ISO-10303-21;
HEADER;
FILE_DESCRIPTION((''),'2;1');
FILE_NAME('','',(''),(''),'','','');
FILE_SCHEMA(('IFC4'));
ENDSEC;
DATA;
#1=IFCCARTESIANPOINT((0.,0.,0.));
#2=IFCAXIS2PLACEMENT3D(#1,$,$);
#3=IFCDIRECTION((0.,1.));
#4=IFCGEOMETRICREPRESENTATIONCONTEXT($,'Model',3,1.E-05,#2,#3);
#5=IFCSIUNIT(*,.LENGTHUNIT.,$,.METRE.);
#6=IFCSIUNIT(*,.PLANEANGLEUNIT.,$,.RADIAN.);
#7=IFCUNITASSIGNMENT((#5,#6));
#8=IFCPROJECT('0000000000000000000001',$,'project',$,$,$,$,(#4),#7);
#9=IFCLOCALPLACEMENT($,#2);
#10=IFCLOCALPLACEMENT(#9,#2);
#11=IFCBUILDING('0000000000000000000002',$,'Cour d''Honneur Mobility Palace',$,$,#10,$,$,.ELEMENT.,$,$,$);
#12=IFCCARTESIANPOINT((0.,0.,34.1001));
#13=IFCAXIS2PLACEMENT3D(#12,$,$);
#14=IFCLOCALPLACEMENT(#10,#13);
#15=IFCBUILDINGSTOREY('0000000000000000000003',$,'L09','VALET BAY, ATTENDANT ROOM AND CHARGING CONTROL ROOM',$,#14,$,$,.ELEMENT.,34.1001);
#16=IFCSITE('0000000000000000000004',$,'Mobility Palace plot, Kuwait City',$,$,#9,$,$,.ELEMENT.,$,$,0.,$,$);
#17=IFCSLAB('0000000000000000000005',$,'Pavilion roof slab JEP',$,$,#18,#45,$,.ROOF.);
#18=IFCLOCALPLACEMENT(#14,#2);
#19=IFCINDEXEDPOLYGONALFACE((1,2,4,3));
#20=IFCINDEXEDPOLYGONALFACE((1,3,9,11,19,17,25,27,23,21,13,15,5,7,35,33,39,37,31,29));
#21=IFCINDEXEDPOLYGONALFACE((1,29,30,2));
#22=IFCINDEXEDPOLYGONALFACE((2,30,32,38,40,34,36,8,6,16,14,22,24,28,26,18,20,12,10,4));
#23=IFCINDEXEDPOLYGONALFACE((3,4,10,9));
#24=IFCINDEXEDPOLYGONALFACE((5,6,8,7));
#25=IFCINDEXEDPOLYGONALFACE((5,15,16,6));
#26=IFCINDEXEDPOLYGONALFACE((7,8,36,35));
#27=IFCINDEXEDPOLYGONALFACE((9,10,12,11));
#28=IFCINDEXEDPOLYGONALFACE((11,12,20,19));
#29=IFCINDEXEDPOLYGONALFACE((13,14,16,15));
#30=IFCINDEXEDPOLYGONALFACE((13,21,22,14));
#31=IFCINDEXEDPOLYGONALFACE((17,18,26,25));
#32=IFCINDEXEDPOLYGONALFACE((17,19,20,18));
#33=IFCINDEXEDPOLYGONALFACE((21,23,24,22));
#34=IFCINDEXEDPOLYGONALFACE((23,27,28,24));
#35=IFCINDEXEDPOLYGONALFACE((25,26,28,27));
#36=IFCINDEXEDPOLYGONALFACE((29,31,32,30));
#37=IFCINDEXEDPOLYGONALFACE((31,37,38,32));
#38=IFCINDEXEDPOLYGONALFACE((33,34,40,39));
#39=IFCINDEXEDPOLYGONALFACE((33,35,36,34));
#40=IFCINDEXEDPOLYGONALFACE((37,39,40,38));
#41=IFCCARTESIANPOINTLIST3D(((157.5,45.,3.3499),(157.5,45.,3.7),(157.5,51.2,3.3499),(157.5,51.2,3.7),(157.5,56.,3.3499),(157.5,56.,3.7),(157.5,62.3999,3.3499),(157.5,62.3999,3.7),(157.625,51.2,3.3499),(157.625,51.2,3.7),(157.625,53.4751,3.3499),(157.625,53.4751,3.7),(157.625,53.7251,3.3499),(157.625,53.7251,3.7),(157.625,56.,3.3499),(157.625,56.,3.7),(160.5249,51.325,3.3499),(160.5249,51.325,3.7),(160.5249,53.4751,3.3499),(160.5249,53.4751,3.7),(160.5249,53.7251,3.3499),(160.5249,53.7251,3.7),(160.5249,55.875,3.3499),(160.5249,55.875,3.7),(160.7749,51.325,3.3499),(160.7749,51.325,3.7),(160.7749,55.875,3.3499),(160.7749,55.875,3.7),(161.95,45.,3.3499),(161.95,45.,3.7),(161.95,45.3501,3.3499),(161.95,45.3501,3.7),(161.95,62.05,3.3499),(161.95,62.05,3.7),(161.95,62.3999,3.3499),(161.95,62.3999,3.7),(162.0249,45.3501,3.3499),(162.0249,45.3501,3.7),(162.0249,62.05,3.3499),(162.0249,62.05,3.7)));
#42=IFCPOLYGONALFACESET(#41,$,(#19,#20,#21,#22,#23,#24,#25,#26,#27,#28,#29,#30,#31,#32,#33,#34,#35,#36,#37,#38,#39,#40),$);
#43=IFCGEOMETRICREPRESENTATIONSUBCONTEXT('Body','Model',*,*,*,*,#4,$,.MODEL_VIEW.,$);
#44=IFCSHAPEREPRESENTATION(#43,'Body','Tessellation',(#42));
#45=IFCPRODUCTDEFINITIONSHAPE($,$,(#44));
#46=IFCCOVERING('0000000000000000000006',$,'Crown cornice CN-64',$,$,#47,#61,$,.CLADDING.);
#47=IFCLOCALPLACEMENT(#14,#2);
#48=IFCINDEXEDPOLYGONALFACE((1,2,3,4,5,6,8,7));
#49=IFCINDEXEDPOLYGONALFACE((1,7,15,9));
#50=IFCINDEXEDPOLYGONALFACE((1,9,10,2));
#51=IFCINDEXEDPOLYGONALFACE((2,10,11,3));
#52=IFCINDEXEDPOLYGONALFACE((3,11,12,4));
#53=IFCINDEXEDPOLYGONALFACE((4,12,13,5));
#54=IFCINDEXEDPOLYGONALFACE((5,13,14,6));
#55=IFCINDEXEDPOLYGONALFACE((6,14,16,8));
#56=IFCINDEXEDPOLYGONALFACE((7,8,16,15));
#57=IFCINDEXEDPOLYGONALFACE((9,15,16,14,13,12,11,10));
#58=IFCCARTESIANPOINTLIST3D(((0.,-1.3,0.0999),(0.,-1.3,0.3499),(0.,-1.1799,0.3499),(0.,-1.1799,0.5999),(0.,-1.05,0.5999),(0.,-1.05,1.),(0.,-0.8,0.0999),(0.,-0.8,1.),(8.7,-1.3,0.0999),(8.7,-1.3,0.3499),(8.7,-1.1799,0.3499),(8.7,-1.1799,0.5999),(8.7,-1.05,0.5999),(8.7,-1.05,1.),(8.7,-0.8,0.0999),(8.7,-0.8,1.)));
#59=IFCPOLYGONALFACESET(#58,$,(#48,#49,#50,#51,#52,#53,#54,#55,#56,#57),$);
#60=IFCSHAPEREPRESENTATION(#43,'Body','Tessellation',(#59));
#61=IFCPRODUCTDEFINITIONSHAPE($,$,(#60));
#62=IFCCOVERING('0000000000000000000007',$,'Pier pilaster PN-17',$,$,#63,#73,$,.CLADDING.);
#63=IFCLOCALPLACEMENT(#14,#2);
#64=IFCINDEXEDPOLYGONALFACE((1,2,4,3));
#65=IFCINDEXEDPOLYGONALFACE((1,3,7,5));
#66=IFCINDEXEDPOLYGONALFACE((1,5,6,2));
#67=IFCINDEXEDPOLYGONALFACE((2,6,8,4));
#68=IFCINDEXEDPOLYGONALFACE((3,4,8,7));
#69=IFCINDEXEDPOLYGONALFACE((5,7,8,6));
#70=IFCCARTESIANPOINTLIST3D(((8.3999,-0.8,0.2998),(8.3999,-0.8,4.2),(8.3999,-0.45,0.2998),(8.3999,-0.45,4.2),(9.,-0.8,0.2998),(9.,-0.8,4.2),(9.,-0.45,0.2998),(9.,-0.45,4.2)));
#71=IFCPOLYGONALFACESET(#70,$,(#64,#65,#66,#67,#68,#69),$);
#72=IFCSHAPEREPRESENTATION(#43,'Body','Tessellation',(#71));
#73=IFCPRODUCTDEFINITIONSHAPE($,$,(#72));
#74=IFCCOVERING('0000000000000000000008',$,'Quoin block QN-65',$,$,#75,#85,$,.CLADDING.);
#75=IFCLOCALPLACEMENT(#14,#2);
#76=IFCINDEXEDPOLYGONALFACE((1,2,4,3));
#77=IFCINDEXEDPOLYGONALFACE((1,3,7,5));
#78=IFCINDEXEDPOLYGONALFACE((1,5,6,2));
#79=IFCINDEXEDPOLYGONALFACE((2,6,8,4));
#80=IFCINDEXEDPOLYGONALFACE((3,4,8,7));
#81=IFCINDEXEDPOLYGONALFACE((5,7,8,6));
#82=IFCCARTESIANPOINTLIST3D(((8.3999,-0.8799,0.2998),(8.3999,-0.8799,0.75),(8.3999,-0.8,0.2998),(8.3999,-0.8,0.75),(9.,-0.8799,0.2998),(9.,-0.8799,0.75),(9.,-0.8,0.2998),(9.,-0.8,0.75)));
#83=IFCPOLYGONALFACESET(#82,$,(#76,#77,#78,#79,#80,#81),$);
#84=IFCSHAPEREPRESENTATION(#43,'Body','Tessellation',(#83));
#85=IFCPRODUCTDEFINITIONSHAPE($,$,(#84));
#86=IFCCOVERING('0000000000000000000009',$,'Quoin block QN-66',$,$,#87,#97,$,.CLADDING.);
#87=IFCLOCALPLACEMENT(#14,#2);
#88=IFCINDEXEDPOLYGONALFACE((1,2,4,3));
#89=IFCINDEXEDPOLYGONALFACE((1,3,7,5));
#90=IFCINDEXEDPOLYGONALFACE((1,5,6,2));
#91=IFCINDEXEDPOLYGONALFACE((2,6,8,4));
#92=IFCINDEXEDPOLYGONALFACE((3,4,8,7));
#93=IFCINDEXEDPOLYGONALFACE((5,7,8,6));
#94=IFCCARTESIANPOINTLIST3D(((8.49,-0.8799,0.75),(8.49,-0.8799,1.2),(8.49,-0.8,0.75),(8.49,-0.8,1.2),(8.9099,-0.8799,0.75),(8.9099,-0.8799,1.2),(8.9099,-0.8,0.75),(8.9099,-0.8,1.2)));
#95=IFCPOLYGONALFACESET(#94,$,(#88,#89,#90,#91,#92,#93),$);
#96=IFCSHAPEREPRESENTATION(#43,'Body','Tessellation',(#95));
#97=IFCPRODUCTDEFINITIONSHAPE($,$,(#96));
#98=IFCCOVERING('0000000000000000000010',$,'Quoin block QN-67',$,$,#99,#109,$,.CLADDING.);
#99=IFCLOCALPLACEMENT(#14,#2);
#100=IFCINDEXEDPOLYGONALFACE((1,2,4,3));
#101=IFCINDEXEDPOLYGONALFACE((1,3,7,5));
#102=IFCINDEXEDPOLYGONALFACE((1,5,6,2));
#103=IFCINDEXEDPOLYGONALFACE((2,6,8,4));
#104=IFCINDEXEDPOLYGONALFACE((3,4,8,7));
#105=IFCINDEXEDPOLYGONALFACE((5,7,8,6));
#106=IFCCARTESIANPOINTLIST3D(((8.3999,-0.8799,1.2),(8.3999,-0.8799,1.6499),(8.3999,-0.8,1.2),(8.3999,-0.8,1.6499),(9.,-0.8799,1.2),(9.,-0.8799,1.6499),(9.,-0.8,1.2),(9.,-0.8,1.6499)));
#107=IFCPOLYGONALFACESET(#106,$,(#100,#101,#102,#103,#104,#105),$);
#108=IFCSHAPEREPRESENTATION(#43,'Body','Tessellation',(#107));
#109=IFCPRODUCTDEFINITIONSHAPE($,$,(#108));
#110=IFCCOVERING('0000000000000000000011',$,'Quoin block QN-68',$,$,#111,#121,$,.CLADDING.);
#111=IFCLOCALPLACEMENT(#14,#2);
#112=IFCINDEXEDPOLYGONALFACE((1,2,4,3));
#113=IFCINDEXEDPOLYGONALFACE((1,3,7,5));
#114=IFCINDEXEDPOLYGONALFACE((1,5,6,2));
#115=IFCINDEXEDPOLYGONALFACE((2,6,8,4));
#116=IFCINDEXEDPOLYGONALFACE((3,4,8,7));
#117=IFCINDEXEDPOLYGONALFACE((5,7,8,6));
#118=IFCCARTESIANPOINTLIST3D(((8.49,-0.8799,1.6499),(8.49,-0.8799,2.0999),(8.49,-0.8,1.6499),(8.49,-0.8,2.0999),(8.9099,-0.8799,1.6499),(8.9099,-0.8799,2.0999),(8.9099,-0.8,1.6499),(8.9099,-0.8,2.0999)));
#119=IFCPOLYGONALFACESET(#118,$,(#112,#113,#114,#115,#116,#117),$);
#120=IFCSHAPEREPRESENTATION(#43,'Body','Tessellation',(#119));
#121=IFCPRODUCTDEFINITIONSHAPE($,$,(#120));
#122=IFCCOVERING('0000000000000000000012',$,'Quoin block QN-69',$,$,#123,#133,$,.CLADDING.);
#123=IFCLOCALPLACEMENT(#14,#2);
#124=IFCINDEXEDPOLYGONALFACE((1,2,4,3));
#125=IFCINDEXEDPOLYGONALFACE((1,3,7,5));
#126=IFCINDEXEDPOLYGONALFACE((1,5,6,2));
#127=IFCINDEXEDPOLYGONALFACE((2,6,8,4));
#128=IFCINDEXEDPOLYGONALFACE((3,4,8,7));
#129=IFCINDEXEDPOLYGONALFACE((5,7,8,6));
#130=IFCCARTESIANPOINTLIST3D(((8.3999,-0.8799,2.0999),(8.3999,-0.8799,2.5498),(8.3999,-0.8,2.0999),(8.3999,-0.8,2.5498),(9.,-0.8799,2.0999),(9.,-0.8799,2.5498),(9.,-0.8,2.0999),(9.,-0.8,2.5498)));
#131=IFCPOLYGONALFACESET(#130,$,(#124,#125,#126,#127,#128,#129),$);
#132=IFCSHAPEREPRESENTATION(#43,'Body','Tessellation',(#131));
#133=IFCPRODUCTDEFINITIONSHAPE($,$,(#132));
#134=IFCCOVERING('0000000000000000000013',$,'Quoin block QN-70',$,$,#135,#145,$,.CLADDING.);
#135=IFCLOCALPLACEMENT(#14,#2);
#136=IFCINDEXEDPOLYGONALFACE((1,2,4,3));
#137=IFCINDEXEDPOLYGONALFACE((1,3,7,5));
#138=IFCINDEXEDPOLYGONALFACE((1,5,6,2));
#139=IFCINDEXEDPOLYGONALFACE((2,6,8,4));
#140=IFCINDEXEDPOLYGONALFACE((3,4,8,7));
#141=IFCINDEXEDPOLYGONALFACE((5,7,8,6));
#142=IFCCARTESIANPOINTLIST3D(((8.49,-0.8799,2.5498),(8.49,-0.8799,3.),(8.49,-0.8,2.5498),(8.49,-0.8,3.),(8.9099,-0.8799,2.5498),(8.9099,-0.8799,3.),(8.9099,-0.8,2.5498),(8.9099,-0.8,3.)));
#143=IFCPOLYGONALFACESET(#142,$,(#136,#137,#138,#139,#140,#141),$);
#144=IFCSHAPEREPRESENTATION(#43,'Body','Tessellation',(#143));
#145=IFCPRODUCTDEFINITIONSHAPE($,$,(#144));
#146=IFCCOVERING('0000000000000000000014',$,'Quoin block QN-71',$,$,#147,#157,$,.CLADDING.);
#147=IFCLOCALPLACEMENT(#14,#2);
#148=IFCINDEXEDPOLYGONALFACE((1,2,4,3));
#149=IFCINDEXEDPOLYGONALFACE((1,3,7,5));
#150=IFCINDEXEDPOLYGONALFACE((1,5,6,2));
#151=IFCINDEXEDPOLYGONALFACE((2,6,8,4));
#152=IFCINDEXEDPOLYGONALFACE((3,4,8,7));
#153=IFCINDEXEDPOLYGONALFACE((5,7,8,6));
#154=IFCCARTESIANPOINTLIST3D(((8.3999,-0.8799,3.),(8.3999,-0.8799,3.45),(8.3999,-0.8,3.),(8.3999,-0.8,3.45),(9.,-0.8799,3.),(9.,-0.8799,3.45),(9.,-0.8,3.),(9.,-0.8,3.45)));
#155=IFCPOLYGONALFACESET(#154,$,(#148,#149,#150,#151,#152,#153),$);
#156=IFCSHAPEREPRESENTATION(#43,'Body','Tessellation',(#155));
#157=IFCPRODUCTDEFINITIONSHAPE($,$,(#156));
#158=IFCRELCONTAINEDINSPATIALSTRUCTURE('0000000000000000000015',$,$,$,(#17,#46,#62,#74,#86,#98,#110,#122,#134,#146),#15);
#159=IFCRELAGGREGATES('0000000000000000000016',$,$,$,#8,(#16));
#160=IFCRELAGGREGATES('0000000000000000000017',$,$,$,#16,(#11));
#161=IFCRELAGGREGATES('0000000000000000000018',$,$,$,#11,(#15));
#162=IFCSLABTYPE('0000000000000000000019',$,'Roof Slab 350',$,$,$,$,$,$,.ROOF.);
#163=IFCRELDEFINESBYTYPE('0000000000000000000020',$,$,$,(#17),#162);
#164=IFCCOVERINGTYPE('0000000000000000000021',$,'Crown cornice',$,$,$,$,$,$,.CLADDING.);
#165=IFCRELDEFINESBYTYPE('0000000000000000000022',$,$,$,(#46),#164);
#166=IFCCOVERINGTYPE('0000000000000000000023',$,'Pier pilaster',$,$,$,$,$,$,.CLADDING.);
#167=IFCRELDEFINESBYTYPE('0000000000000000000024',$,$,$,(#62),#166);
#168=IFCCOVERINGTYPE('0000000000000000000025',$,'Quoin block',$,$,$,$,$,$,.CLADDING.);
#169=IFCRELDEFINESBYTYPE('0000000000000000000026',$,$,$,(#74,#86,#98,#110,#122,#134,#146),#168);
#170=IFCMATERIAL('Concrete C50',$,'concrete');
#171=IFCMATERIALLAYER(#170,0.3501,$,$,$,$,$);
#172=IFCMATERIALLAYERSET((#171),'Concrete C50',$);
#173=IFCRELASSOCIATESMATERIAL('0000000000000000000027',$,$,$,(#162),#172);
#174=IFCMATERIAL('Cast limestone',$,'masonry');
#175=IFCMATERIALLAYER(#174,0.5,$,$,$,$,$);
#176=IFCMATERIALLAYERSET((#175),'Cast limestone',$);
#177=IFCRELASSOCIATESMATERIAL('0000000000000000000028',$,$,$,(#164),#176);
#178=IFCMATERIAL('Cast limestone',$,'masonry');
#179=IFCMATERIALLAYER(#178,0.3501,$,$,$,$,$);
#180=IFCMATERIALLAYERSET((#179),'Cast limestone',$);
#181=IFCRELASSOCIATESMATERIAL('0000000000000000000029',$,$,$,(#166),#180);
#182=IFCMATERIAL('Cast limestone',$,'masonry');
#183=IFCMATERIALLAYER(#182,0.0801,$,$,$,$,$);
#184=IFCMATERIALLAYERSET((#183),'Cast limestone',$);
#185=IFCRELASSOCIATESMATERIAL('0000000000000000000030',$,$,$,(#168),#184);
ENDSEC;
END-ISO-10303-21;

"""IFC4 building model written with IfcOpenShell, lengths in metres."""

from ifc_helpers import new_model, si_unit, direction, frame, origin, place, context, subcontext, project, spatial, polyline, outline, extrude, material, layer, layer_set, type_object, element, save


model = new_model("IFC4")

# Units and contexts
model_context = context("Model", 3, precision=1e-05, world=origin(), true_north=direction((0.0, 1.0)))
body_context = subcontext(model_context, "Body", "Model", "MODEL_VIEW")
ifc_project = project(units=[si_unit("LENGTHUNIT", "METRE"), si_unit("PLANEANGLEUNIT", "RADIAN")], contexts=[model_context])

# Site, building, storey
site_placement = place(None, origin())
site = spatial("IfcSite", under=ifc_project, at=site_placement, Name="Mobility Palace plot, Kuwait City", CompositionType="ELEMENT", RefElevation=0.0)
building_placement = place(site_placement, origin())
building = spatial("IfcBuilding", under=site, at=building_placement, Name="Cour d'Honneur Mobility Palace", CompositionType="ELEMENT")
storey_placement = place(building_placement, frame((0.0, 0.0, 34.1001)))
storey = spatial("IfcBuildingStorey", under=building, at=storey_placement, Name="L09", Description="VALET BAY, ATTENDANT ROOM AND CHARGING CONTROL ROOM", CompositionType="ELEMENT", Elevation=34.1001)

# Slab
ifc_material_1 = material(Name="Concrete C50", Category="concrete")
ifc_layer_1 = layer(ifc_material_1, 0.3501)
ifc_layer_set_1 = layer_set([ifc_layer_1], Name="Concrete C50")
slab_type_1 = type_object("IfcSlabType", Name="Roof Slab 350", PredefinedType="ROOF", material=ifc_layer_set_1)
slab_1_placement = place(storey_placement, frame((0.0, 0.0, 3.3499)))
element("IfcSlab", 1, at=slab_1_placement, inside=storey, type_object=slab_type_1, Name="Pavilion roof slab JEP", PredefinedType="ROOF", context=body_context, shape_type="SweptSolid", body=[
    extrude(outline(polyline([(161.95, 62.3999), (161.95, 62.05), (162.0249, 62.05), (162.0249, 45.3501), (161.95, 45.3501), (161.95, 45.0), (157.5, 45.0), (157.5, 51.2), (157.625, 51.2), (157.625, 53.4751), (160.5249, 53.4751), (160.5249, 51.325), (160.7749, 51.325), (160.7749, 55.875), (160.5249, 55.875), (160.5249, 53.7251), (157.625, 53.7251), (157.625, 56.0), (157.5, 56.0), (157.5, 62.3999), (161.95, 62.3999)])), origin(), (0.0, 0.0, 1.0), 0.3501),
])

# Coverings
ifc_material_2 = material(Name="Cast limestone", Category="masonry")
ifc_layer_2 = layer(ifc_material_2, 0.5)
ifc_layer_set_2 = layer_set([ifc_layer_2], Name="Cast limestone")
covering_type_1 = type_object("IfcCoveringType", Name="Crown cornice", PredefinedType="CLADDING", material=ifc_layer_set_2)
covering_1_placement = place(storey_placement, frame((0.0, -0.8, 0.0999), z_axis=(-1.0, 0.0, 0.0), x_axis=(0.0, -1.0, 0.0)))
element("IfcCovering", 2, at=covering_1_placement, inside=storey, type_object=covering_type_1, Name="Crown cornice CN-64", PredefinedType="CLADDING", context=body_context, shape_type="SweptSolid", body=[
    extrude(outline(polyline([(0.0, 0.0), (0.5, 0.0), (0.5, 0.25), (0.3799, 0.25), (0.3799, 0.5), (0.25, 0.5), (0.25, 0.9001), (0.0, 0.9001), (0.0, 0.0)])), origin(), (0.0, 0.0, -1.0), 8.7),
])
ifc_material_3 = material(Name="Cast limestone", Category="masonry")
ifc_layer_3 = layer(ifc_material_3, 0.3501)
ifc_layer_set_3 = layer_set([ifc_layer_3], Name="Cast limestone")
covering_type_2 = type_object("IfcCoveringType", Name="Pier pilaster", PredefinedType="CLADDING", material=ifc_layer_set_3)
covering_2_placement = place(storey_placement, frame((0.0, 0.0, 0.2998)))
element("IfcCovering", 3, at=covering_2_placement, inside=storey, type_object=covering_type_2, Name="Pier pilaster PN-17", PredefinedType="CLADDING", context=body_context, shape_type="SweptSolid", body=[
    extrude(outline(polyline([(8.3999, -0.45), (9.0, -0.45), (9.0, -0.8), (8.3999, -0.8), (8.3999, -0.45)])), origin(), (0.0, 0.0, 1.0), 3.9001),
])
ifc_material_4 = material(Name="Cast limestone", Category="masonry")
ifc_layer_4 = layer(ifc_material_4, 0.0801)
ifc_layer_set_4 = layer_set([ifc_layer_4], Name="Cast limestone")
covering_type_3 = type_object("IfcCoveringType", Name="Quoin block", PredefinedType="CLADDING", material=ifc_layer_set_4)
covering_3_placement = place(storey_placement, frame((0.0, 0.0, 0.2998)))
element("IfcCovering", 4, at=covering_3_placement, inside=storey, type_object=covering_type_3, Name="Quoin block QN-65", PredefinedType="CLADDING", context=body_context, shape_type="SweptSolid", body=[
    extrude(outline(polyline([(8.3999, -0.8), (9.0, -0.8), (9.0, -0.8799), (8.3999, -0.8799), (8.3999, -0.8)])), origin(), (0.0, 0.0, 1.0), 0.4502),
])
covering_4_placement = place(storey_placement, frame((0.0, 0.0, 0.75)))
element("IfcCovering", 5, at=covering_4_placement, inside=storey, type_object=covering_type_3, Name="Quoin block QN-66", PredefinedType="CLADDING", context=body_context, shape_type="SweptSolid", body=[
    extrude(outline(polyline([(8.49, -0.8), (8.9099, -0.8), (8.9099, -0.8799), (8.49, -0.8799), (8.49, -0.8)])), origin(), (0.0, 0.0, 1.0), 0.45),
])
covering_5_placement = place(storey_placement, frame((0.0, 0.0, 1.2)))
element("IfcCovering", 6, at=covering_5_placement, inside=storey, type_object=covering_type_3, Name="Quoin block QN-67", PredefinedType="CLADDING", context=body_context, shape_type="SweptSolid", body=[
    extrude(outline(polyline([(8.3999, -0.8), (9.0, -0.8), (9.0, -0.8799), (8.3999, -0.8799), (8.3999, -0.8)])), origin(), (0.0, 0.0, 1.0), 0.45),
])
covering_6_placement = place(storey_placement, frame((0.0, 0.0, 1.6499)))
element("IfcCovering", 7, at=covering_6_placement, inside=storey, type_object=covering_type_3, Name="Quoin block QN-68", PredefinedType="CLADDING", context=body_context, shape_type="SweptSolid", body=[
    extrude(outline(polyline([(8.49, -0.8), (8.9099, -0.8), (8.9099, -0.8799), (8.49, -0.8799), (8.49, -0.8)])), origin(), (0.0, 0.0, 1.0), 0.45),
])
covering_7_placement = place(storey_placement, frame((0.0, 0.0, 2.0999)))
element("IfcCovering", 8, at=covering_7_placement, inside=storey, type_object=covering_type_3, Name="Quoin block QN-69", PredefinedType="CLADDING", context=body_context, shape_type="SweptSolid", body=[
    extrude(outline(polyline([(8.3999, -0.8), (9.0, -0.8), (9.0, -0.8799), (8.3999, -0.8799), (8.3999, -0.8)])), origin(), (0.0, 0.0, 1.0), 0.45),
])
covering_8_placement = place(storey_placement, frame((0.0, 0.0, 2.5498)))
element("IfcCovering", 9, at=covering_8_placement, inside=storey, type_object=covering_type_3, Name="Quoin block QN-70", PredefinedType="CLADDING", context=body_context, shape_type="SweptSolid", body=[
    extrude(outline(polyline([(8.49, -0.8), (8.9099, -0.8), (8.9099, -0.8799), (8.49, -0.8799), (8.49, -0.8)])), origin(), (0.0, 0.0, 1.0), 0.4502),
])
covering_9_placement = place(storey_placement, frame((0.0, 0.0, 3.0)))
element("IfcCovering", 10, at=covering_9_placement, inside=storey, type_object=covering_type_3, Name="Quoin block QN-71", PredefinedType="CLADDING", context=body_context, shape_type="SweptSolid", body=[
    extrude(outline(polyline([(8.3999, -0.8), (9.0, -0.8), (9.0, -0.8799), (8.3999, -0.8799), (8.3999, -0.8)])), origin(), (0.0, 0.0, 1.0), 0.45),
])

save(model, "model.ifc")
